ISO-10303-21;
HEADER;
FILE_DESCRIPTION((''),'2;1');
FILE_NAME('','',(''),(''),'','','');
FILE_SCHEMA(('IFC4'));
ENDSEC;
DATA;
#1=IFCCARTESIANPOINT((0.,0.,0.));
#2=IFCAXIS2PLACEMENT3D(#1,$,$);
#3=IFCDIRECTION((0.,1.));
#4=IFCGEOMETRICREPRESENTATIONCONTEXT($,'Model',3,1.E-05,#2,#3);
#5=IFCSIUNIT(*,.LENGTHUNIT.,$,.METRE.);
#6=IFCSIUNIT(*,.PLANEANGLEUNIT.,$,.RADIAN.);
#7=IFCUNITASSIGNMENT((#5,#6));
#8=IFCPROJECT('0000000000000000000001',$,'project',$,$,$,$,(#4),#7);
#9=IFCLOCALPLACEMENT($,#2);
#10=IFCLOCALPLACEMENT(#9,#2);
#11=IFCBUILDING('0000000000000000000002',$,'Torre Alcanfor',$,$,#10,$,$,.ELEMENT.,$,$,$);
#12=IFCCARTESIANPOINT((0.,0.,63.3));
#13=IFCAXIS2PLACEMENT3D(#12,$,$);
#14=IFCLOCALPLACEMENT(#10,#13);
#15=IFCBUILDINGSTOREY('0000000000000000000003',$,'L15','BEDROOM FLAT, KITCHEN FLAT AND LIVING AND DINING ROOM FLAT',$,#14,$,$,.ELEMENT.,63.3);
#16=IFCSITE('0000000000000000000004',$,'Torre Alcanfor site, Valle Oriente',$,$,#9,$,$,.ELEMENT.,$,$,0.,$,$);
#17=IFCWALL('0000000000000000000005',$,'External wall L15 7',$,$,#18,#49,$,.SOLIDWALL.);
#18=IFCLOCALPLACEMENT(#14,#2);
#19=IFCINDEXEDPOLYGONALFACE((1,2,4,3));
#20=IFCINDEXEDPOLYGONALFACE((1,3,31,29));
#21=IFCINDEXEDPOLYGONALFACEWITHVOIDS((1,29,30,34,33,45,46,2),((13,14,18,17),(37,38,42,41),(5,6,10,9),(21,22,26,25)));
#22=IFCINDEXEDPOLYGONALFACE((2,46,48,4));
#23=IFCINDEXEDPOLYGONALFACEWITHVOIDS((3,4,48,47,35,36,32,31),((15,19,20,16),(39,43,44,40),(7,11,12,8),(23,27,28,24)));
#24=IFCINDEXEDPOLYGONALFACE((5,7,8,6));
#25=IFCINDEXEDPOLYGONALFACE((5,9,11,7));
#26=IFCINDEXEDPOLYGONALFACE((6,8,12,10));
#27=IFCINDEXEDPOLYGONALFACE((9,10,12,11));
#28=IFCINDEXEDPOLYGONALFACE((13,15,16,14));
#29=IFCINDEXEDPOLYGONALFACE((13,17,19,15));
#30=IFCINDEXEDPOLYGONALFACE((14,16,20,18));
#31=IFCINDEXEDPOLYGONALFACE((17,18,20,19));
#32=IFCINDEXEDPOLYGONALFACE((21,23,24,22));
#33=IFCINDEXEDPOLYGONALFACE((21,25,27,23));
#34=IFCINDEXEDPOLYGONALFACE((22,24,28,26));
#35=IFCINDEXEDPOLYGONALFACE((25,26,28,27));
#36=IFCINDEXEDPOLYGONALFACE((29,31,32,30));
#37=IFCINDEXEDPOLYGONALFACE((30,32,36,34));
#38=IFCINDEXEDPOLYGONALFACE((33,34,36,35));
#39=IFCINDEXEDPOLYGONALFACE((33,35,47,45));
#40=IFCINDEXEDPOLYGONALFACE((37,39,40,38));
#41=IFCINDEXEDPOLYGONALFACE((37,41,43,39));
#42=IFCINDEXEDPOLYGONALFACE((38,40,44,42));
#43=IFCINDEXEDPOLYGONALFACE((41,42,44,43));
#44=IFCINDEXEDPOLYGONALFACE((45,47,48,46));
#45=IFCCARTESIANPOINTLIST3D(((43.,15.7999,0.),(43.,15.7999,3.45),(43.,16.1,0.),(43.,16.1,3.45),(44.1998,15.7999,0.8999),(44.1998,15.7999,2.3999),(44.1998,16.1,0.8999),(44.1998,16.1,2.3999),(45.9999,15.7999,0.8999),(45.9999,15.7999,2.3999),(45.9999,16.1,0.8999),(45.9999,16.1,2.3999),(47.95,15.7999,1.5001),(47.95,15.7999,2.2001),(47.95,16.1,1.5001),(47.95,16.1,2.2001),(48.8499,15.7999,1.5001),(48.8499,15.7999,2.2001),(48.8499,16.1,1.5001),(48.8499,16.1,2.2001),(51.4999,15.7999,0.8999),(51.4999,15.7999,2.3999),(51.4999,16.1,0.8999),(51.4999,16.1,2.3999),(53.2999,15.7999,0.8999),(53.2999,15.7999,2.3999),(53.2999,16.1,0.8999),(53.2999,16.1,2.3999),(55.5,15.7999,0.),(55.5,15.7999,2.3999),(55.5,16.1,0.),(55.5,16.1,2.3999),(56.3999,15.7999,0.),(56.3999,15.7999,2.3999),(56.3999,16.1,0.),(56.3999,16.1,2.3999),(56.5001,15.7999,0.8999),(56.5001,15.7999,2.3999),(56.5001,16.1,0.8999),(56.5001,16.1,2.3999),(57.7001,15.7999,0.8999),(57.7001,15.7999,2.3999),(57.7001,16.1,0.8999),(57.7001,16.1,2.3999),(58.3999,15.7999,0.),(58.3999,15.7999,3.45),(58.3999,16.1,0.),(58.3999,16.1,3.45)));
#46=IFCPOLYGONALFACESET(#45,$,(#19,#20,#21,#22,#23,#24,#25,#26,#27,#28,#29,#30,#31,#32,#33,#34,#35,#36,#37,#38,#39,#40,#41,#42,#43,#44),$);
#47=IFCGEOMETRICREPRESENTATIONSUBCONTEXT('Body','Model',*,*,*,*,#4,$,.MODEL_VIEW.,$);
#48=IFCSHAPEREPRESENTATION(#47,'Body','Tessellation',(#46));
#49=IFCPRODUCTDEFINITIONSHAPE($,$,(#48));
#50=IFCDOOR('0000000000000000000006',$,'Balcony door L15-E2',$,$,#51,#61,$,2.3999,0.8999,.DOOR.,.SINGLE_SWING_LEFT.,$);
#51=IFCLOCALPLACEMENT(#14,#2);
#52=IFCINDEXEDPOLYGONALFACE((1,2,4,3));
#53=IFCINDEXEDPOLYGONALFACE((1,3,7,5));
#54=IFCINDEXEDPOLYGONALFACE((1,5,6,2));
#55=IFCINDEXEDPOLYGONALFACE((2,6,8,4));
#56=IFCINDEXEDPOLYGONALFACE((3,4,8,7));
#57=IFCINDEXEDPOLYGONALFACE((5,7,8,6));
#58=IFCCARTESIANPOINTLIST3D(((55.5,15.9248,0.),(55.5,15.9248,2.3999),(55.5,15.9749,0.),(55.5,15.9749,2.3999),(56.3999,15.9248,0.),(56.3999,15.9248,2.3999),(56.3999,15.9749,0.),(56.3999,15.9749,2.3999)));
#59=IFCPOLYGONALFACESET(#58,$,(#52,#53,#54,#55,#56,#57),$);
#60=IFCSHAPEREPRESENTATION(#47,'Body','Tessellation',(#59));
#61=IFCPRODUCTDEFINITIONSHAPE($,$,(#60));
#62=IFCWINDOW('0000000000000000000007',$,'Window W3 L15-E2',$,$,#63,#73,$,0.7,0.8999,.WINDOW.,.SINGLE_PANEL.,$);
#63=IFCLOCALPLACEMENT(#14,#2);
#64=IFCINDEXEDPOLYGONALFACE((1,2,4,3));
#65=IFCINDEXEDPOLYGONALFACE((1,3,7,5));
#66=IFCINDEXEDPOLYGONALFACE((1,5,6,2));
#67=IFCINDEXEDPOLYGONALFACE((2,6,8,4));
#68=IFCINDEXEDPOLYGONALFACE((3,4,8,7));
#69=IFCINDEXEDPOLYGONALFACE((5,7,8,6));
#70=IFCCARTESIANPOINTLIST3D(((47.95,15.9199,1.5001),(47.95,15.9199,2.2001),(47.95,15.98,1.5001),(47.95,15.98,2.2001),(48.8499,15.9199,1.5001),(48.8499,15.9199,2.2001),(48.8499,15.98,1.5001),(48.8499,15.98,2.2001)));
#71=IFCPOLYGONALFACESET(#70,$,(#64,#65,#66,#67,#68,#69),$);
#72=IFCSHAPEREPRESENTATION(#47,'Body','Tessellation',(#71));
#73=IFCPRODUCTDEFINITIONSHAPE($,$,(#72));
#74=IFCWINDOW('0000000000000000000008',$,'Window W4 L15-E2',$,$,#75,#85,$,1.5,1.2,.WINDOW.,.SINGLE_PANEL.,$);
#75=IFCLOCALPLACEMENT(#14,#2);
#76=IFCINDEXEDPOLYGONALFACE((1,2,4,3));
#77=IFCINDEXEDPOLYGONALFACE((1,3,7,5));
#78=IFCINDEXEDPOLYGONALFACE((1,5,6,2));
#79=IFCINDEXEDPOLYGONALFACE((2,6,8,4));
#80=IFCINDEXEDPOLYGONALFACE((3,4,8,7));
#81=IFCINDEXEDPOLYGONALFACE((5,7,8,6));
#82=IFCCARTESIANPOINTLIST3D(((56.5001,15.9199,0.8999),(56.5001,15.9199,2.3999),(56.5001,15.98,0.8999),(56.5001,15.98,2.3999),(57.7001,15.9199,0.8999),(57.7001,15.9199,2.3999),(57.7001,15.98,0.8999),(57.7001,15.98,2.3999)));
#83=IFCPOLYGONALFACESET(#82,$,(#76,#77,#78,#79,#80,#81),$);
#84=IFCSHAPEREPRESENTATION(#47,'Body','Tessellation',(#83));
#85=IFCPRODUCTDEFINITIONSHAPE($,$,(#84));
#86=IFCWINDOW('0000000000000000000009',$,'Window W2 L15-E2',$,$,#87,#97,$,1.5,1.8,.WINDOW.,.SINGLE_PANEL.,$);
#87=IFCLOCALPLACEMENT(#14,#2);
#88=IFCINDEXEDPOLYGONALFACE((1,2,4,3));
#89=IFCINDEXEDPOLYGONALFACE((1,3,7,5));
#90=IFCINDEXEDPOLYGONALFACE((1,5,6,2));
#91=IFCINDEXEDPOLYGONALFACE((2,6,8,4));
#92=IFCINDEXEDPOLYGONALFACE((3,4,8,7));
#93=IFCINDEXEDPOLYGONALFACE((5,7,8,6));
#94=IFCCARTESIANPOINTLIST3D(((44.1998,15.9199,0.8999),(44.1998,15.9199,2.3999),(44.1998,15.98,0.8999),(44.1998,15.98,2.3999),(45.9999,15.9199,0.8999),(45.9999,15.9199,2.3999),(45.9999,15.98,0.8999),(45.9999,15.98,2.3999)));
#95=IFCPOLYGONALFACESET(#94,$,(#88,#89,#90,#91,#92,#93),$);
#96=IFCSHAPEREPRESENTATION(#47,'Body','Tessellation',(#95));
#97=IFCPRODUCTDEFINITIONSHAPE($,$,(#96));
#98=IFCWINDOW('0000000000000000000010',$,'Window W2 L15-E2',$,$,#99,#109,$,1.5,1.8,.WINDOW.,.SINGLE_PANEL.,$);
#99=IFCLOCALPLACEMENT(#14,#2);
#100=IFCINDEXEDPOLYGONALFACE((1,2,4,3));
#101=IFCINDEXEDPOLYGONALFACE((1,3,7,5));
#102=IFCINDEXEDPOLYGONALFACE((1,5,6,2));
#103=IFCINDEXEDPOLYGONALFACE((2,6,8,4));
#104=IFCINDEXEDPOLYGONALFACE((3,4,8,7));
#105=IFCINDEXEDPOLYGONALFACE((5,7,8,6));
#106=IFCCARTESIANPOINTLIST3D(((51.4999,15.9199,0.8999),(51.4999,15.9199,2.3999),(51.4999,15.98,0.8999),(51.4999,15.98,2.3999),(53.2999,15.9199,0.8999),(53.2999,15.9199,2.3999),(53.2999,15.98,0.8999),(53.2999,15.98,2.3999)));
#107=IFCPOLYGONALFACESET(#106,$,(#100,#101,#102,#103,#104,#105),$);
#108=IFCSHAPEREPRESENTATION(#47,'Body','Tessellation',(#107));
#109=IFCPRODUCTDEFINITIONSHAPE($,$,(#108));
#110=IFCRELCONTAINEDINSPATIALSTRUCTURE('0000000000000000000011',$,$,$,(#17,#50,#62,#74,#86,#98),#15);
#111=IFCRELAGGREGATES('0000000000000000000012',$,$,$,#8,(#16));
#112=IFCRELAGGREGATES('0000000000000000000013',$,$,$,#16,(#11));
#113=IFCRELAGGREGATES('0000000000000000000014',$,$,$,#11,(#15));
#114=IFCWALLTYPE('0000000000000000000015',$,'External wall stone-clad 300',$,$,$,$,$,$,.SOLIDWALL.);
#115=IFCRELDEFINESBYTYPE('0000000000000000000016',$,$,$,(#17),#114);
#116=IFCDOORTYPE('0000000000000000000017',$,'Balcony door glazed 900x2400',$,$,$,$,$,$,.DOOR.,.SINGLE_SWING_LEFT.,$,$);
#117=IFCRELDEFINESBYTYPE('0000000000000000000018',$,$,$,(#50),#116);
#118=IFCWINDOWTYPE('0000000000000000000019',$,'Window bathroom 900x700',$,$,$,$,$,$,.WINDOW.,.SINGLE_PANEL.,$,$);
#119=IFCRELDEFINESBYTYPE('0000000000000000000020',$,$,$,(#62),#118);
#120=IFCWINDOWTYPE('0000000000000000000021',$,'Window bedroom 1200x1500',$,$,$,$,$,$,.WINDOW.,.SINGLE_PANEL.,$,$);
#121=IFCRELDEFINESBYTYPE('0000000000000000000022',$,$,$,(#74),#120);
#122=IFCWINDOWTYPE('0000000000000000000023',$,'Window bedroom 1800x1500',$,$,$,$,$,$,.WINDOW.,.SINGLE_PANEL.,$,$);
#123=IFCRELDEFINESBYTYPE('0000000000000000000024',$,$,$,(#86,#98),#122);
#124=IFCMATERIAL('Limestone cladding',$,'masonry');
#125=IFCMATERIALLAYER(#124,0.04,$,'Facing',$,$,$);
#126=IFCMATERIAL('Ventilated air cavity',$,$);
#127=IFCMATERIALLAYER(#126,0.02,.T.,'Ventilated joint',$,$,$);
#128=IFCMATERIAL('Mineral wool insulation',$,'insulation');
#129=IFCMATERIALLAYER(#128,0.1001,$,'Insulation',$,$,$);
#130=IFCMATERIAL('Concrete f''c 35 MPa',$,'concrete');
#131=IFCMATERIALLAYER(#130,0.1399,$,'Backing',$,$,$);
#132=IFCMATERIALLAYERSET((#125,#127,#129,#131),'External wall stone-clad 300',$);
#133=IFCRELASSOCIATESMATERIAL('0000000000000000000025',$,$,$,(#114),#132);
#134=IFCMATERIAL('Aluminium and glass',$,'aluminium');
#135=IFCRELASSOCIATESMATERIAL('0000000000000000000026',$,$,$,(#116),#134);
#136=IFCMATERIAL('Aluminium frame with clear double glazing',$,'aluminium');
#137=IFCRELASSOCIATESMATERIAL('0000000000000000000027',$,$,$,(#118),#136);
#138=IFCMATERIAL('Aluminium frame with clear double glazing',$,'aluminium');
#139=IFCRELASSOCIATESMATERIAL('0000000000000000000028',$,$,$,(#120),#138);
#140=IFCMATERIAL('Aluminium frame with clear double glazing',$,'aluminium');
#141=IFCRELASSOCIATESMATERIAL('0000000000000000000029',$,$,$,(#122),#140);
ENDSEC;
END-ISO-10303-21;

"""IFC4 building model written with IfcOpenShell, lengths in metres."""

from ifc_helpers import new_model, si_unit, direction, frame, frame_2d, origin, place, context, subcontext, project, spatial, rectangle, extrude, material, layer, layer_set, type_object, element, fill, save


model = new_model("IFC4")

# Units and contexts
model_context = context("Model", 3, precision=1e-05, world=origin(), true_north=direction((0.0, 1.0)))
body_context = subcontext(model_context, "Body", "Model", "MODEL_VIEW")
ifc_project = project(units=[si_unit("LENGTHUNIT", "METRE"), si_unit("PLANEANGLEUNIT", "RADIAN")], contexts=[model_context])

# Site, building, storey
site_placement = place(None, origin())
site = spatial("IfcSite", under=ifc_project, at=site_placement, Name="Torre Alcanfor site, Valle Oriente", CompositionType="ELEMENT", RefElevation=0.0)
building_placement = place(site_placement, origin())
building = spatial("IfcBuilding", under=site, at=building_placement, Name="Torre Alcanfor", CompositionType="ELEMENT")
storey_placement = place(building_placement, frame((0.0, 0.0, 63.3)))
storey = spatial("IfcBuildingStorey", under=building, at=storey_placement, Name="L15", Description="BEDROOM FLAT, KITCHEN FLAT AND LIVING AND DINING ROOM FLAT", CompositionType="ELEMENT", Elevation=63.3)

# Wall, openings, door, windows
ifc_material_1 = material(Name="Limestone cladding", Category="masonry")
ifc_layer_1 = layer(ifc_material_1, 0.04, Name="Facing")
ifc_material_2 = material(Name="Ventilated air cavity")
ifc_layer_2 = layer(ifc_material_2, 0.02, ventilated=True, Name="Ventilated joint")
ifc_material_3 = material(Name="Mineral wool insulation", Category="insulation")
ifc_layer_3 = layer(ifc_material_3, 0.1001, Name="Insulation")
ifc_material_4 = material(Name="Concrete f'c 35 MPa", Category="concrete")
ifc_layer_4 = layer(ifc_material_4, 0.1399, Name="Backing")
ifc_layer_set_1 = layer_set([ifc_layer_1, ifc_layer_2, ifc_layer_3, ifc_layer_4], Name="External wall stone-clad 300")
wall_type_1 = type_object("IfcWallType", Name="External wall stone-clad 300", PredefinedType="SOLIDWALL", material=ifc_layer_set_1)
ifc_material_5 = material(Name="Aluminium and glass", Category="aluminium")
door_type = type_object("IfcDoorType", Name="Balcony door glazed 900x2400", OperationType="SINGLE_SWING_LEFT", PredefinedType="DOOR", material=ifc_material_5)
ifc_material_6 = material(Name="Aluminium frame with clear double glazing", Category="aluminium")
window_type_1 = type_object("IfcWindowType", Name="Window bathroom 900x700", PartitioningType="SINGLE_PANEL", PredefinedType="WINDOW", material=ifc_material_6)
ifc_material_7 = material(Name="Aluminium frame with clear double glazing", Category="aluminium")
window_type_2 = type_object("IfcWindowType", Name="Window bedroom 1200x1500", PartitioningType="SINGLE_PANEL", PredefinedType="WINDOW", material=ifc_material_7)
ifc_material_8 = material(Name="Aluminium frame with clear double glazing", Category="aluminium")
window_type_3 = type_object("IfcWindowType", Name="Window bedroom 1800x1500", PartitioningType="SINGLE_PANEL", PredefinedType="WINDOW", material=ifc_material_8)
wall_1_placement = place(storey_placement, frame((43.0, 15.95, 0.0), z_axis=(0.0, 0.0, 1.0), x_axis=(1.0, 0.0, 0.0)))
wall_1 = element("IfcWall", 1, at=wall_1_placement, inside=storey, type_object=wall_type_1, Name="External wall L15 7", PredefinedType="SOLIDWALL", context=body_context, shape_type="SweptSolid", body=[
    extrude(rectangle(XDim=15.3999, YDim=0.3, at=frame_2d((7.7, 0.0))), origin(), (0.0, 0.0, 1.0), 3.45),
])
opening_1_placement = place(wall_1_placement, frame((1.2, 0.0, 0.8999)))
opening_1 = element("IfcOpeningElement", 2, at=opening_1_placement, cuts=wall_1, PredefinedType="OPENING", context=body_context, shape_type="SweptSolid", body=[
    extrude(rectangle(XDim=1.8, YDim=1.5, at=frame_2d((0.8999, 0.75))), frame((0.0, 0.1599, 0.0), z_axis=(0.0, -1.0, 0.0), x_axis=(1.0, 0.0, 0.0)), (0.0, 0.0, 1.0), 0.3201),
])
opening_2_placement = place(wall_1_placement, frame((4.95, 0.0, 1.5)))
opening_2 = element("IfcOpeningElement", 3, at=opening_2_placement, cuts=wall_1, PredefinedType="OPENING", context=body_context, shape_type="SweptSolid", body=[
    extrude(rectangle(XDim=0.8999, YDim=0.7, at=frame_2d((0.45, 0.3501))), frame((0.0, 0.1599, 0.0), z_axis=(0.0, -1.0, 0.0), x_axis=(1.0, 0.0, 0.0)), (0.0, 0.0, 1.0), 0.3201),
])
opening_3_placement = place(wall_1_placement, frame((8.5, 0.0, 0.8999)))
opening_3 = element("IfcOpeningElement", 4, at=opening_3_placement, cuts=wall_1, PredefinedType="OPENING", context=body_context, shape_type="SweptSolid", body=[
    extrude(rectangle(XDim=1.8, YDim=1.5, at=frame_2d((0.8999, 0.75))), frame((0.0, 0.1599, 0.0), z_axis=(0.0, -1.0, 0.0), x_axis=(1.0, 0.0, 0.0)), (0.0, 0.0, 1.0), 0.3201),
])
opening_4_placement = place(wall_1_placement, frame((12.5, 0.0, 0.0)))
opening_4 = element("IfcOpeningElement", 5, at=opening_4_placement, cuts=wall_1, PredefinedType="OPENING", context=body_context, shape_type="SweptSolid", body=[
    extrude(rectangle(XDim=0.8999, YDim=2.3999, at=frame_2d((0.45, 1.2))), frame((0.0, 0.1599, 0.0), z_axis=(0.0, -1.0, 0.0), x_axis=(1.0, 0.0, 0.0)), (0.0, 0.0, 1.0), 0.3201),
])
opening_5_placement = place(wall_1_placement, frame((13.5, 0.0, 0.8999)))
opening_5 = element("IfcOpeningElement", 6, at=opening_5_placement, cuts=wall_1, PredefinedType="OPENING", context=body_context, shape_type="SweptSolid", body=[
    extrude(rectangle(XDim=1.2, YDim=1.5, at=frame_2d((0.6001, 0.75))), frame((0.0, 0.1599, 0.0), z_axis=(0.0, -1.0, 0.0), x_axis=(1.0, 0.0, 0.0)), (0.0, 0.0, 1.0), 0.3201),
])
door_1_placement = place(opening_4_placement, origin())
door_1 = element("IfcDoor", 7, at=door_1_placement, inside=storey, type_object=door_type, Name="Balcony door L15-E2", OperationType="SINGLE_SWING_LEFT", OverallHeight=2.3999, OverallWidth=0.8999, PredefinedType="DOOR", context=body_context, shape_type="SweptSolid", body=[
    extrude(rectangle(XDim=0.8999, YDim=2.3999, at=frame_2d((0.45, 1.2))), frame((0.0, 0.0249, 0.0), z_axis=(0.0, -1.0, 0.0), x_axis=(1.0, 0.0, 0.0)), (0.0, 0.0, 1.0), 0.05),
])
fill(opening_4, door_1)
window_1_placement = place(opening_2_placement, origin())
window_1 = element("IfcWindow", 8, at=window_1_placement, inside=storey, type_object=window_type_1, Name="Window W3 L15-E2", OverallHeight=0.7, OverallWidth=0.8999, PartitioningType="SINGLE_PANEL", PredefinedType="WINDOW", context=body_context, shape_type="SweptSolid", body=[
    extrude(rectangle(XDim=0.8999, YDim=0.7, at=frame_2d((0.45, 0.3501))), frame((0.0, 0.03, 0.0), z_axis=(0.0, -1.0, 0.0), x_axis=(1.0, 0.0, 0.0)), (0.0, 0.0, 1.0), 0.0601),
])
fill(opening_2, window_1)
window_2_placement = place(opening_5_placement, origin())
window_2 = element("IfcWindow", 9, at=window_2_placement, inside=storey, type_object=window_type_2, Name="Window W4 L15-E2", OverallHeight=1.5, OverallWidth=1.2, PartitioningType="SINGLE_PANEL", PredefinedType="WINDOW", context=body_context, shape_type="SweptSolid", body=[
    extrude(rectangle(XDim=1.2, YDim=1.5, at=frame_2d((0.6001, 0.75))), frame((0.0, 0.03, 0.0), z_axis=(0.0, -1.0, 0.0), x_axis=(1.0, 0.0, 0.0)), (0.0, 0.0, 1.0), 0.0601),
])
fill(opening_5, window_2)
window_3_placement = place(opening_1_placement, origin())
window_3 = element("IfcWindow", 10, at=window_3_placement, inside=storey, type_object=window_type_3, Name="Window W2 L15-E2", OverallHeight=1.5, OverallWidth=1.8, PartitioningType="SINGLE_PANEL", PredefinedType="WINDOW", context=body_context, shape_type="SweptSolid", body=[
    extrude(rectangle(XDim=1.8, YDim=1.5, at=frame_2d((0.8999, 0.75))), frame((0.0, 0.03, 0.0), z_axis=(0.0, -1.0, 0.0), x_axis=(1.0, 0.0, 0.0)), (0.0, 0.0, 1.0), 0.0601),
])
fill(opening_1, window_3)
window_4_placement = place(opening_3_placement, origin())
window_4 = element("IfcWindow", 11, at=window_4_placement, inside=storey, type_object=window_type_3, Name="Window W2 L15-E2", OverallHeight=1.5, OverallWidth=1.8, PartitioningType="SINGLE_PANEL", PredefinedType="WINDOW", context=body_context, shape_type="SweptSolid", body=[
    extrude(rectangle(XDim=1.8, YDim=1.5, at=frame_2d((0.8999, 0.75))), frame((0.0, 0.03, 0.0), z_axis=(0.0, -1.0, 0.0), x_axis=(1.0, 0.0, 0.0)), (0.0, 0.0, 1.0), 0.0601),
])
fill(opening_3, window_4)

save(model, "model.ifc")
